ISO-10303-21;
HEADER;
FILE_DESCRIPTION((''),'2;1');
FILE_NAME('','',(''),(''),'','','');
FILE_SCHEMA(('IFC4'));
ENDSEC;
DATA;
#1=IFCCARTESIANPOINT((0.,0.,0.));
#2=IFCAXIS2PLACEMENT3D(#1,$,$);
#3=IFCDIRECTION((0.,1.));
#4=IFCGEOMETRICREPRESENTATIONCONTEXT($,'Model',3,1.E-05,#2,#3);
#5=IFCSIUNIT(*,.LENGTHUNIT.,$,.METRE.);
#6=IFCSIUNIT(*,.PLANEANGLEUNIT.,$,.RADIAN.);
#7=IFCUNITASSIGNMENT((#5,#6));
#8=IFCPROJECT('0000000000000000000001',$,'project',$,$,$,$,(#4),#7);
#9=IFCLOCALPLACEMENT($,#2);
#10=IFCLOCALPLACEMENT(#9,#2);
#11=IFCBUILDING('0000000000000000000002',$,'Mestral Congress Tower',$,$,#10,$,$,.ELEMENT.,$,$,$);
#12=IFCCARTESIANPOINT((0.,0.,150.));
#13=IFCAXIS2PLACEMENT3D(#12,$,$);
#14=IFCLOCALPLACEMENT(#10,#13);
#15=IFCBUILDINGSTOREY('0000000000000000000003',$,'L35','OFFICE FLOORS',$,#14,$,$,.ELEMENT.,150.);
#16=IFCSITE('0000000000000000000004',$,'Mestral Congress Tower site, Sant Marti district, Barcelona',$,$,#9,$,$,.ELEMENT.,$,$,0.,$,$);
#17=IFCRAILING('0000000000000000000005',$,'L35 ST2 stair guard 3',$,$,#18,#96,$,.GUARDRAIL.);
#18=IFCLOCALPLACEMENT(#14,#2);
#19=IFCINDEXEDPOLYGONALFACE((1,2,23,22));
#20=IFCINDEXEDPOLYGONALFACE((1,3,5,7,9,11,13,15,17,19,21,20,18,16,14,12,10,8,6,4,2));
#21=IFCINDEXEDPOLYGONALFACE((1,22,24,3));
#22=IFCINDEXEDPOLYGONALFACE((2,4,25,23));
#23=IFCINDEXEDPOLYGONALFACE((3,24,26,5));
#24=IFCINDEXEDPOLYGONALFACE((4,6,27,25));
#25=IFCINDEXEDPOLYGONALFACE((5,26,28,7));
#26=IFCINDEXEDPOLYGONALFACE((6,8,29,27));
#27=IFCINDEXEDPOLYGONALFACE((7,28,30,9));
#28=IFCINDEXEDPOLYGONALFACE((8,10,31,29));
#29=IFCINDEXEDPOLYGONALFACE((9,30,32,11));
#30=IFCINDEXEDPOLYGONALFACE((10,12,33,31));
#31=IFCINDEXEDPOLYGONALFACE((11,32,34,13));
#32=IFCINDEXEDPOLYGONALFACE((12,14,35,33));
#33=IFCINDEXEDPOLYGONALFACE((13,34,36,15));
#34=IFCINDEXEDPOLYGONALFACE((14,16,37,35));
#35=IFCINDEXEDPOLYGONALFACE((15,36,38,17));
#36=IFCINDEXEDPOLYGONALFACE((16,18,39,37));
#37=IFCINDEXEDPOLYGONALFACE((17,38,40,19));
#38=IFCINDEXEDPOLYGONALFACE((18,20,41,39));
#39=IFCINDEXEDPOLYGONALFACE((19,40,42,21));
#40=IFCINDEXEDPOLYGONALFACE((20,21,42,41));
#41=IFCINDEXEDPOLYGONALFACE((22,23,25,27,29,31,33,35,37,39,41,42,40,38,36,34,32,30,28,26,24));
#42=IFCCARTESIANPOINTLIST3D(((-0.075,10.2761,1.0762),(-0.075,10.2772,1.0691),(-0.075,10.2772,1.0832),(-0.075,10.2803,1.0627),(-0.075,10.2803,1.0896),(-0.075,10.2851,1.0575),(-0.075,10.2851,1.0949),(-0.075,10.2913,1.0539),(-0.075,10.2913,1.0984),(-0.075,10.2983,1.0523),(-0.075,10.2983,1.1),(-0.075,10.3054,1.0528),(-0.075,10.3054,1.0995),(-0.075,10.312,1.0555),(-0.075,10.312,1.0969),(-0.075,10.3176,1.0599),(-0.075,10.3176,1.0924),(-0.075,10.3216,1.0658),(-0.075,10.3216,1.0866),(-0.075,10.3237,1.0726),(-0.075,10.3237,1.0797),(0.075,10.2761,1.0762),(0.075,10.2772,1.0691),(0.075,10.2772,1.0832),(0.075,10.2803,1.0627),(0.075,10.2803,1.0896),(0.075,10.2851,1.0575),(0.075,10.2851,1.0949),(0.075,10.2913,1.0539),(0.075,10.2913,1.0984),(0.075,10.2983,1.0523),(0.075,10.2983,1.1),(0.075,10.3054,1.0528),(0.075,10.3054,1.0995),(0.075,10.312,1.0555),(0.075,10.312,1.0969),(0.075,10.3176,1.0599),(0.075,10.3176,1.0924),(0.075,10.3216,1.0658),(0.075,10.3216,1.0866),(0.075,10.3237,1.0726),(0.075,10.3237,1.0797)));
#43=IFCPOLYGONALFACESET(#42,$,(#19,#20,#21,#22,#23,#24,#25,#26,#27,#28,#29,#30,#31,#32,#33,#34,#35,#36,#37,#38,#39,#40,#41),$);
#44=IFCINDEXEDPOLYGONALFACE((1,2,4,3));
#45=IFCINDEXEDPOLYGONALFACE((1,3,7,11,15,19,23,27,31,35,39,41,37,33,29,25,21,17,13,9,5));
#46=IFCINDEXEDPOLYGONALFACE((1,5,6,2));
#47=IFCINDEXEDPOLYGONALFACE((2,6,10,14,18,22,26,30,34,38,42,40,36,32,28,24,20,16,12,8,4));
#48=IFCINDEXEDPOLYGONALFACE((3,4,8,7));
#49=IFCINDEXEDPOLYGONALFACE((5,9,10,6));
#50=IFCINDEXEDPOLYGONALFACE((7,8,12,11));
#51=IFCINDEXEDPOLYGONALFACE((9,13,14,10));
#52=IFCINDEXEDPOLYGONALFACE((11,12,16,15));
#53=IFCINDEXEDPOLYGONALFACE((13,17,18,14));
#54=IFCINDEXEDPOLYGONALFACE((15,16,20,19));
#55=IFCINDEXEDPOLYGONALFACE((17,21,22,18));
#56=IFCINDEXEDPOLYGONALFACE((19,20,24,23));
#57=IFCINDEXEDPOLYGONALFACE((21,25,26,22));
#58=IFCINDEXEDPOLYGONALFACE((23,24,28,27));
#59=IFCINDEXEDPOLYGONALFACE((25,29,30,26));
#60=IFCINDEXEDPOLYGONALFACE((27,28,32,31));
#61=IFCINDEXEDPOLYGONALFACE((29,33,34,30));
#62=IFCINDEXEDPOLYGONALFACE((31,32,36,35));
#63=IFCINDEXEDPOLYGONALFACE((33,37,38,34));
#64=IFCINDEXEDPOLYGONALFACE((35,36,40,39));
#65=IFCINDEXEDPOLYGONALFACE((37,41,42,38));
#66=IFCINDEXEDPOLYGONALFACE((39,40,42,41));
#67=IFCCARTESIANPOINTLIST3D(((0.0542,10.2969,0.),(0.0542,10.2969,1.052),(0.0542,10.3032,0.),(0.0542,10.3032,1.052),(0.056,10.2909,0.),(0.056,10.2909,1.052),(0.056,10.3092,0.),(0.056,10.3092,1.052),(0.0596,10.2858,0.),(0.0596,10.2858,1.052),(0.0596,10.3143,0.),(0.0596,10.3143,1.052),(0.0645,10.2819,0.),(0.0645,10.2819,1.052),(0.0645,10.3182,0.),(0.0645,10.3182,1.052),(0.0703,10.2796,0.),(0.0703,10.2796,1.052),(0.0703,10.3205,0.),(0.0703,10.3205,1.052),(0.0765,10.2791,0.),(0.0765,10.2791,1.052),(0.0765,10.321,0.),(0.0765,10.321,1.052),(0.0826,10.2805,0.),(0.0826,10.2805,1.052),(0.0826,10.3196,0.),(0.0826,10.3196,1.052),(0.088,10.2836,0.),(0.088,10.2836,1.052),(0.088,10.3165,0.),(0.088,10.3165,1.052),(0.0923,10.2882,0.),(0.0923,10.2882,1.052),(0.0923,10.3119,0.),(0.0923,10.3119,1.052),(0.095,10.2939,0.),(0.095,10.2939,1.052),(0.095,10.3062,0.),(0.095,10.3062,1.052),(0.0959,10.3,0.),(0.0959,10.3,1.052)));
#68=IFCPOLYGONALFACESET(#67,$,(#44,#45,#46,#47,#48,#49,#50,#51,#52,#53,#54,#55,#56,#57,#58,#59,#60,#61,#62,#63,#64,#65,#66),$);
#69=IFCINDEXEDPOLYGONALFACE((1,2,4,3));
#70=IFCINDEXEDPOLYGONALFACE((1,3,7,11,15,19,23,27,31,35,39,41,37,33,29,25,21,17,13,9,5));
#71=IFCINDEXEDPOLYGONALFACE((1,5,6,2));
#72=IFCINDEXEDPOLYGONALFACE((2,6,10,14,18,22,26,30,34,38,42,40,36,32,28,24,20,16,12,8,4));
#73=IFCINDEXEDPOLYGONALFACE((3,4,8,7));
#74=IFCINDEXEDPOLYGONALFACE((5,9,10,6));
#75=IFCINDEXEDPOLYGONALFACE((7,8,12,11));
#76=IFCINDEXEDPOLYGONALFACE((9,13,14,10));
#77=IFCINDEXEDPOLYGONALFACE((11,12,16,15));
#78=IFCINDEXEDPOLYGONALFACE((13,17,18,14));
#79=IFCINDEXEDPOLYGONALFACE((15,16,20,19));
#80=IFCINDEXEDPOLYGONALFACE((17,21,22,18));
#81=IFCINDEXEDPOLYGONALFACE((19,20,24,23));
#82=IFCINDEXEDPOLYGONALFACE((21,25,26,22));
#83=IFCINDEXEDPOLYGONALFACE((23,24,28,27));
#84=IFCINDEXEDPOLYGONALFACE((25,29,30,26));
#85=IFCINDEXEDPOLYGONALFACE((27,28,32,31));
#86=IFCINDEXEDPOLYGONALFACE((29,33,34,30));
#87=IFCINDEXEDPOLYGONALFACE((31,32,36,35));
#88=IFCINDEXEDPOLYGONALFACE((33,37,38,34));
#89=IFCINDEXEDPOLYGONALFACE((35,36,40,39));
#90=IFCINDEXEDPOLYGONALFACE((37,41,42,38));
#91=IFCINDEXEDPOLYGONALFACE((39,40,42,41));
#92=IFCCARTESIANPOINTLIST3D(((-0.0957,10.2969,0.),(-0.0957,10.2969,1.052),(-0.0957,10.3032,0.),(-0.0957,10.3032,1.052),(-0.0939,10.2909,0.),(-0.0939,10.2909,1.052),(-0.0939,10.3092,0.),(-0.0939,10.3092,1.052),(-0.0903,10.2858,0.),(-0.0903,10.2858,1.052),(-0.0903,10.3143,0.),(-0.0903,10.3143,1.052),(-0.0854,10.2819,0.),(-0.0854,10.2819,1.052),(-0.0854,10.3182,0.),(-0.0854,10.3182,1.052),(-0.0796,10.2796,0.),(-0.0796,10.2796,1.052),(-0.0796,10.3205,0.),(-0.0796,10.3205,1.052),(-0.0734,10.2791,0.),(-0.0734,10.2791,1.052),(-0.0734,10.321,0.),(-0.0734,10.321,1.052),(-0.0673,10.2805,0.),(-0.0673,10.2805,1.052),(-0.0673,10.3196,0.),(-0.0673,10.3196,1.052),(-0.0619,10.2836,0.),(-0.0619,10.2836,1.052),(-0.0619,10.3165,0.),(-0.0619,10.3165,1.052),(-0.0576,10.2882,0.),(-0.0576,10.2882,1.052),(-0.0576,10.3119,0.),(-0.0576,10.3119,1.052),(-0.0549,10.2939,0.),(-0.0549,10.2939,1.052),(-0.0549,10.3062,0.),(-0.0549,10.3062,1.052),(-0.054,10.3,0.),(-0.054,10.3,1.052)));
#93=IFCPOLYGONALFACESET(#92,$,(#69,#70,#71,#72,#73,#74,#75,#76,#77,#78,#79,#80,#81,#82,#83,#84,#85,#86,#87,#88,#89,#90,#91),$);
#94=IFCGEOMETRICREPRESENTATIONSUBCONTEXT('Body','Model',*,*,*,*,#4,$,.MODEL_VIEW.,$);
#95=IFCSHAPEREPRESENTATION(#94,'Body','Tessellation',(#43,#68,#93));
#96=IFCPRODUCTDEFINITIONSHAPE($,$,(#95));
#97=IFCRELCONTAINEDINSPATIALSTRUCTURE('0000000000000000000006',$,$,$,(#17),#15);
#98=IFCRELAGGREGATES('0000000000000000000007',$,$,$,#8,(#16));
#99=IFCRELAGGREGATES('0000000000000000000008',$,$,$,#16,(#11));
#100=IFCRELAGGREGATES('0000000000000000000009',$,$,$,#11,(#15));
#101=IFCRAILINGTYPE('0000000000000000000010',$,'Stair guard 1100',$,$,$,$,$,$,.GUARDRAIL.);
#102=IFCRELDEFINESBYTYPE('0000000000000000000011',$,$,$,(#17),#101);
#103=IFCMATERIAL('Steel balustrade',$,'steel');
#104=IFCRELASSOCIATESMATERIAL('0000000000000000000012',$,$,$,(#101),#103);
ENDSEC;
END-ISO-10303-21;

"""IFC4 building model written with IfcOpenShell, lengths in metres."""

from ifc_helpers import new_model, si_unit, direction, frame, origin, origin_2d, place, context, subcontext, project, spatial, circle, extrude, material, type_object, element, save


model = new_model("IFC4")

# Units and contexts
model_context = context("Model", 3, precision=1e-05, world=origin(), true_north=direction((0.0, 1.0)))
body_context = subcontext(model_context, "Body", "Model", "MODEL_VIEW")
ifc_project = project(units=[si_unit("LENGTHUNIT", "METRE"), si_unit("PLANEANGLEUNIT", "RADIAN")], contexts=[model_context])

# Site, building, storey
site_placement = place(None, origin())
site = spatial("IfcSite", under=ifc_project, at=site_placement, Name="Mestral Congress Tower site, Sant Marti district, Barcelona", CompositionType="ELEMENT", RefElevation=0.0)
building_placement = place(site_placement, origin())
building = spatial("IfcBuilding", under=site, at=building_placement, Name="Mestral Congress Tower", CompositionType="ELEMENT")
storey_placement = place(building_placement, frame((0.0, 0.0, 150.0)))
storey = spatial("IfcBuildingStorey", under=building, at=storey_placement, Name="L35", Description="OFFICE FLOORS", CompositionType="ELEMENT", Elevation=150.0)

# Railing
ifc_material_1 = material(Name="Steel balustrade", Category="steel")
railing_type_1 = type_object("IfcRailingType", Name="Stair guard 1100", PredefinedType="GUARDRAIL", material=ifc_material_1)
railing_1_placement = place(storey_placement, frame((0.075, 10.3, 0.0)))
element("IfcRailing", 1, at=railing_1_placement, inside=storey, type_object=railing_type_1, Name="L35 ST2 stair guard 3", PredefinedType="GUARDRAIL", context=body_context, shape_type="SweptSolid", body=[
    extrude(circle(Radius=0.0239, at=origin_2d()), frame((0.0, 0.0, 1.0762), z_axis=(-1.0, 0.0, 0.0), x_axis=(0.0, -1.0, 0.0)), (0.0, 0.0, 1.0), 0.1499),
    extrude(circle(Radius=0.021, at=origin_2d()), origin(), (0.0, 0.0, 1.0), 1.052),
    extrude(circle(Radius=0.021, at=origin_2d()), frame((-0.1499, 0.0, 0.0)), (0.0, 0.0, 1.0), 1.052),
])

save(model, "model.ifc")
